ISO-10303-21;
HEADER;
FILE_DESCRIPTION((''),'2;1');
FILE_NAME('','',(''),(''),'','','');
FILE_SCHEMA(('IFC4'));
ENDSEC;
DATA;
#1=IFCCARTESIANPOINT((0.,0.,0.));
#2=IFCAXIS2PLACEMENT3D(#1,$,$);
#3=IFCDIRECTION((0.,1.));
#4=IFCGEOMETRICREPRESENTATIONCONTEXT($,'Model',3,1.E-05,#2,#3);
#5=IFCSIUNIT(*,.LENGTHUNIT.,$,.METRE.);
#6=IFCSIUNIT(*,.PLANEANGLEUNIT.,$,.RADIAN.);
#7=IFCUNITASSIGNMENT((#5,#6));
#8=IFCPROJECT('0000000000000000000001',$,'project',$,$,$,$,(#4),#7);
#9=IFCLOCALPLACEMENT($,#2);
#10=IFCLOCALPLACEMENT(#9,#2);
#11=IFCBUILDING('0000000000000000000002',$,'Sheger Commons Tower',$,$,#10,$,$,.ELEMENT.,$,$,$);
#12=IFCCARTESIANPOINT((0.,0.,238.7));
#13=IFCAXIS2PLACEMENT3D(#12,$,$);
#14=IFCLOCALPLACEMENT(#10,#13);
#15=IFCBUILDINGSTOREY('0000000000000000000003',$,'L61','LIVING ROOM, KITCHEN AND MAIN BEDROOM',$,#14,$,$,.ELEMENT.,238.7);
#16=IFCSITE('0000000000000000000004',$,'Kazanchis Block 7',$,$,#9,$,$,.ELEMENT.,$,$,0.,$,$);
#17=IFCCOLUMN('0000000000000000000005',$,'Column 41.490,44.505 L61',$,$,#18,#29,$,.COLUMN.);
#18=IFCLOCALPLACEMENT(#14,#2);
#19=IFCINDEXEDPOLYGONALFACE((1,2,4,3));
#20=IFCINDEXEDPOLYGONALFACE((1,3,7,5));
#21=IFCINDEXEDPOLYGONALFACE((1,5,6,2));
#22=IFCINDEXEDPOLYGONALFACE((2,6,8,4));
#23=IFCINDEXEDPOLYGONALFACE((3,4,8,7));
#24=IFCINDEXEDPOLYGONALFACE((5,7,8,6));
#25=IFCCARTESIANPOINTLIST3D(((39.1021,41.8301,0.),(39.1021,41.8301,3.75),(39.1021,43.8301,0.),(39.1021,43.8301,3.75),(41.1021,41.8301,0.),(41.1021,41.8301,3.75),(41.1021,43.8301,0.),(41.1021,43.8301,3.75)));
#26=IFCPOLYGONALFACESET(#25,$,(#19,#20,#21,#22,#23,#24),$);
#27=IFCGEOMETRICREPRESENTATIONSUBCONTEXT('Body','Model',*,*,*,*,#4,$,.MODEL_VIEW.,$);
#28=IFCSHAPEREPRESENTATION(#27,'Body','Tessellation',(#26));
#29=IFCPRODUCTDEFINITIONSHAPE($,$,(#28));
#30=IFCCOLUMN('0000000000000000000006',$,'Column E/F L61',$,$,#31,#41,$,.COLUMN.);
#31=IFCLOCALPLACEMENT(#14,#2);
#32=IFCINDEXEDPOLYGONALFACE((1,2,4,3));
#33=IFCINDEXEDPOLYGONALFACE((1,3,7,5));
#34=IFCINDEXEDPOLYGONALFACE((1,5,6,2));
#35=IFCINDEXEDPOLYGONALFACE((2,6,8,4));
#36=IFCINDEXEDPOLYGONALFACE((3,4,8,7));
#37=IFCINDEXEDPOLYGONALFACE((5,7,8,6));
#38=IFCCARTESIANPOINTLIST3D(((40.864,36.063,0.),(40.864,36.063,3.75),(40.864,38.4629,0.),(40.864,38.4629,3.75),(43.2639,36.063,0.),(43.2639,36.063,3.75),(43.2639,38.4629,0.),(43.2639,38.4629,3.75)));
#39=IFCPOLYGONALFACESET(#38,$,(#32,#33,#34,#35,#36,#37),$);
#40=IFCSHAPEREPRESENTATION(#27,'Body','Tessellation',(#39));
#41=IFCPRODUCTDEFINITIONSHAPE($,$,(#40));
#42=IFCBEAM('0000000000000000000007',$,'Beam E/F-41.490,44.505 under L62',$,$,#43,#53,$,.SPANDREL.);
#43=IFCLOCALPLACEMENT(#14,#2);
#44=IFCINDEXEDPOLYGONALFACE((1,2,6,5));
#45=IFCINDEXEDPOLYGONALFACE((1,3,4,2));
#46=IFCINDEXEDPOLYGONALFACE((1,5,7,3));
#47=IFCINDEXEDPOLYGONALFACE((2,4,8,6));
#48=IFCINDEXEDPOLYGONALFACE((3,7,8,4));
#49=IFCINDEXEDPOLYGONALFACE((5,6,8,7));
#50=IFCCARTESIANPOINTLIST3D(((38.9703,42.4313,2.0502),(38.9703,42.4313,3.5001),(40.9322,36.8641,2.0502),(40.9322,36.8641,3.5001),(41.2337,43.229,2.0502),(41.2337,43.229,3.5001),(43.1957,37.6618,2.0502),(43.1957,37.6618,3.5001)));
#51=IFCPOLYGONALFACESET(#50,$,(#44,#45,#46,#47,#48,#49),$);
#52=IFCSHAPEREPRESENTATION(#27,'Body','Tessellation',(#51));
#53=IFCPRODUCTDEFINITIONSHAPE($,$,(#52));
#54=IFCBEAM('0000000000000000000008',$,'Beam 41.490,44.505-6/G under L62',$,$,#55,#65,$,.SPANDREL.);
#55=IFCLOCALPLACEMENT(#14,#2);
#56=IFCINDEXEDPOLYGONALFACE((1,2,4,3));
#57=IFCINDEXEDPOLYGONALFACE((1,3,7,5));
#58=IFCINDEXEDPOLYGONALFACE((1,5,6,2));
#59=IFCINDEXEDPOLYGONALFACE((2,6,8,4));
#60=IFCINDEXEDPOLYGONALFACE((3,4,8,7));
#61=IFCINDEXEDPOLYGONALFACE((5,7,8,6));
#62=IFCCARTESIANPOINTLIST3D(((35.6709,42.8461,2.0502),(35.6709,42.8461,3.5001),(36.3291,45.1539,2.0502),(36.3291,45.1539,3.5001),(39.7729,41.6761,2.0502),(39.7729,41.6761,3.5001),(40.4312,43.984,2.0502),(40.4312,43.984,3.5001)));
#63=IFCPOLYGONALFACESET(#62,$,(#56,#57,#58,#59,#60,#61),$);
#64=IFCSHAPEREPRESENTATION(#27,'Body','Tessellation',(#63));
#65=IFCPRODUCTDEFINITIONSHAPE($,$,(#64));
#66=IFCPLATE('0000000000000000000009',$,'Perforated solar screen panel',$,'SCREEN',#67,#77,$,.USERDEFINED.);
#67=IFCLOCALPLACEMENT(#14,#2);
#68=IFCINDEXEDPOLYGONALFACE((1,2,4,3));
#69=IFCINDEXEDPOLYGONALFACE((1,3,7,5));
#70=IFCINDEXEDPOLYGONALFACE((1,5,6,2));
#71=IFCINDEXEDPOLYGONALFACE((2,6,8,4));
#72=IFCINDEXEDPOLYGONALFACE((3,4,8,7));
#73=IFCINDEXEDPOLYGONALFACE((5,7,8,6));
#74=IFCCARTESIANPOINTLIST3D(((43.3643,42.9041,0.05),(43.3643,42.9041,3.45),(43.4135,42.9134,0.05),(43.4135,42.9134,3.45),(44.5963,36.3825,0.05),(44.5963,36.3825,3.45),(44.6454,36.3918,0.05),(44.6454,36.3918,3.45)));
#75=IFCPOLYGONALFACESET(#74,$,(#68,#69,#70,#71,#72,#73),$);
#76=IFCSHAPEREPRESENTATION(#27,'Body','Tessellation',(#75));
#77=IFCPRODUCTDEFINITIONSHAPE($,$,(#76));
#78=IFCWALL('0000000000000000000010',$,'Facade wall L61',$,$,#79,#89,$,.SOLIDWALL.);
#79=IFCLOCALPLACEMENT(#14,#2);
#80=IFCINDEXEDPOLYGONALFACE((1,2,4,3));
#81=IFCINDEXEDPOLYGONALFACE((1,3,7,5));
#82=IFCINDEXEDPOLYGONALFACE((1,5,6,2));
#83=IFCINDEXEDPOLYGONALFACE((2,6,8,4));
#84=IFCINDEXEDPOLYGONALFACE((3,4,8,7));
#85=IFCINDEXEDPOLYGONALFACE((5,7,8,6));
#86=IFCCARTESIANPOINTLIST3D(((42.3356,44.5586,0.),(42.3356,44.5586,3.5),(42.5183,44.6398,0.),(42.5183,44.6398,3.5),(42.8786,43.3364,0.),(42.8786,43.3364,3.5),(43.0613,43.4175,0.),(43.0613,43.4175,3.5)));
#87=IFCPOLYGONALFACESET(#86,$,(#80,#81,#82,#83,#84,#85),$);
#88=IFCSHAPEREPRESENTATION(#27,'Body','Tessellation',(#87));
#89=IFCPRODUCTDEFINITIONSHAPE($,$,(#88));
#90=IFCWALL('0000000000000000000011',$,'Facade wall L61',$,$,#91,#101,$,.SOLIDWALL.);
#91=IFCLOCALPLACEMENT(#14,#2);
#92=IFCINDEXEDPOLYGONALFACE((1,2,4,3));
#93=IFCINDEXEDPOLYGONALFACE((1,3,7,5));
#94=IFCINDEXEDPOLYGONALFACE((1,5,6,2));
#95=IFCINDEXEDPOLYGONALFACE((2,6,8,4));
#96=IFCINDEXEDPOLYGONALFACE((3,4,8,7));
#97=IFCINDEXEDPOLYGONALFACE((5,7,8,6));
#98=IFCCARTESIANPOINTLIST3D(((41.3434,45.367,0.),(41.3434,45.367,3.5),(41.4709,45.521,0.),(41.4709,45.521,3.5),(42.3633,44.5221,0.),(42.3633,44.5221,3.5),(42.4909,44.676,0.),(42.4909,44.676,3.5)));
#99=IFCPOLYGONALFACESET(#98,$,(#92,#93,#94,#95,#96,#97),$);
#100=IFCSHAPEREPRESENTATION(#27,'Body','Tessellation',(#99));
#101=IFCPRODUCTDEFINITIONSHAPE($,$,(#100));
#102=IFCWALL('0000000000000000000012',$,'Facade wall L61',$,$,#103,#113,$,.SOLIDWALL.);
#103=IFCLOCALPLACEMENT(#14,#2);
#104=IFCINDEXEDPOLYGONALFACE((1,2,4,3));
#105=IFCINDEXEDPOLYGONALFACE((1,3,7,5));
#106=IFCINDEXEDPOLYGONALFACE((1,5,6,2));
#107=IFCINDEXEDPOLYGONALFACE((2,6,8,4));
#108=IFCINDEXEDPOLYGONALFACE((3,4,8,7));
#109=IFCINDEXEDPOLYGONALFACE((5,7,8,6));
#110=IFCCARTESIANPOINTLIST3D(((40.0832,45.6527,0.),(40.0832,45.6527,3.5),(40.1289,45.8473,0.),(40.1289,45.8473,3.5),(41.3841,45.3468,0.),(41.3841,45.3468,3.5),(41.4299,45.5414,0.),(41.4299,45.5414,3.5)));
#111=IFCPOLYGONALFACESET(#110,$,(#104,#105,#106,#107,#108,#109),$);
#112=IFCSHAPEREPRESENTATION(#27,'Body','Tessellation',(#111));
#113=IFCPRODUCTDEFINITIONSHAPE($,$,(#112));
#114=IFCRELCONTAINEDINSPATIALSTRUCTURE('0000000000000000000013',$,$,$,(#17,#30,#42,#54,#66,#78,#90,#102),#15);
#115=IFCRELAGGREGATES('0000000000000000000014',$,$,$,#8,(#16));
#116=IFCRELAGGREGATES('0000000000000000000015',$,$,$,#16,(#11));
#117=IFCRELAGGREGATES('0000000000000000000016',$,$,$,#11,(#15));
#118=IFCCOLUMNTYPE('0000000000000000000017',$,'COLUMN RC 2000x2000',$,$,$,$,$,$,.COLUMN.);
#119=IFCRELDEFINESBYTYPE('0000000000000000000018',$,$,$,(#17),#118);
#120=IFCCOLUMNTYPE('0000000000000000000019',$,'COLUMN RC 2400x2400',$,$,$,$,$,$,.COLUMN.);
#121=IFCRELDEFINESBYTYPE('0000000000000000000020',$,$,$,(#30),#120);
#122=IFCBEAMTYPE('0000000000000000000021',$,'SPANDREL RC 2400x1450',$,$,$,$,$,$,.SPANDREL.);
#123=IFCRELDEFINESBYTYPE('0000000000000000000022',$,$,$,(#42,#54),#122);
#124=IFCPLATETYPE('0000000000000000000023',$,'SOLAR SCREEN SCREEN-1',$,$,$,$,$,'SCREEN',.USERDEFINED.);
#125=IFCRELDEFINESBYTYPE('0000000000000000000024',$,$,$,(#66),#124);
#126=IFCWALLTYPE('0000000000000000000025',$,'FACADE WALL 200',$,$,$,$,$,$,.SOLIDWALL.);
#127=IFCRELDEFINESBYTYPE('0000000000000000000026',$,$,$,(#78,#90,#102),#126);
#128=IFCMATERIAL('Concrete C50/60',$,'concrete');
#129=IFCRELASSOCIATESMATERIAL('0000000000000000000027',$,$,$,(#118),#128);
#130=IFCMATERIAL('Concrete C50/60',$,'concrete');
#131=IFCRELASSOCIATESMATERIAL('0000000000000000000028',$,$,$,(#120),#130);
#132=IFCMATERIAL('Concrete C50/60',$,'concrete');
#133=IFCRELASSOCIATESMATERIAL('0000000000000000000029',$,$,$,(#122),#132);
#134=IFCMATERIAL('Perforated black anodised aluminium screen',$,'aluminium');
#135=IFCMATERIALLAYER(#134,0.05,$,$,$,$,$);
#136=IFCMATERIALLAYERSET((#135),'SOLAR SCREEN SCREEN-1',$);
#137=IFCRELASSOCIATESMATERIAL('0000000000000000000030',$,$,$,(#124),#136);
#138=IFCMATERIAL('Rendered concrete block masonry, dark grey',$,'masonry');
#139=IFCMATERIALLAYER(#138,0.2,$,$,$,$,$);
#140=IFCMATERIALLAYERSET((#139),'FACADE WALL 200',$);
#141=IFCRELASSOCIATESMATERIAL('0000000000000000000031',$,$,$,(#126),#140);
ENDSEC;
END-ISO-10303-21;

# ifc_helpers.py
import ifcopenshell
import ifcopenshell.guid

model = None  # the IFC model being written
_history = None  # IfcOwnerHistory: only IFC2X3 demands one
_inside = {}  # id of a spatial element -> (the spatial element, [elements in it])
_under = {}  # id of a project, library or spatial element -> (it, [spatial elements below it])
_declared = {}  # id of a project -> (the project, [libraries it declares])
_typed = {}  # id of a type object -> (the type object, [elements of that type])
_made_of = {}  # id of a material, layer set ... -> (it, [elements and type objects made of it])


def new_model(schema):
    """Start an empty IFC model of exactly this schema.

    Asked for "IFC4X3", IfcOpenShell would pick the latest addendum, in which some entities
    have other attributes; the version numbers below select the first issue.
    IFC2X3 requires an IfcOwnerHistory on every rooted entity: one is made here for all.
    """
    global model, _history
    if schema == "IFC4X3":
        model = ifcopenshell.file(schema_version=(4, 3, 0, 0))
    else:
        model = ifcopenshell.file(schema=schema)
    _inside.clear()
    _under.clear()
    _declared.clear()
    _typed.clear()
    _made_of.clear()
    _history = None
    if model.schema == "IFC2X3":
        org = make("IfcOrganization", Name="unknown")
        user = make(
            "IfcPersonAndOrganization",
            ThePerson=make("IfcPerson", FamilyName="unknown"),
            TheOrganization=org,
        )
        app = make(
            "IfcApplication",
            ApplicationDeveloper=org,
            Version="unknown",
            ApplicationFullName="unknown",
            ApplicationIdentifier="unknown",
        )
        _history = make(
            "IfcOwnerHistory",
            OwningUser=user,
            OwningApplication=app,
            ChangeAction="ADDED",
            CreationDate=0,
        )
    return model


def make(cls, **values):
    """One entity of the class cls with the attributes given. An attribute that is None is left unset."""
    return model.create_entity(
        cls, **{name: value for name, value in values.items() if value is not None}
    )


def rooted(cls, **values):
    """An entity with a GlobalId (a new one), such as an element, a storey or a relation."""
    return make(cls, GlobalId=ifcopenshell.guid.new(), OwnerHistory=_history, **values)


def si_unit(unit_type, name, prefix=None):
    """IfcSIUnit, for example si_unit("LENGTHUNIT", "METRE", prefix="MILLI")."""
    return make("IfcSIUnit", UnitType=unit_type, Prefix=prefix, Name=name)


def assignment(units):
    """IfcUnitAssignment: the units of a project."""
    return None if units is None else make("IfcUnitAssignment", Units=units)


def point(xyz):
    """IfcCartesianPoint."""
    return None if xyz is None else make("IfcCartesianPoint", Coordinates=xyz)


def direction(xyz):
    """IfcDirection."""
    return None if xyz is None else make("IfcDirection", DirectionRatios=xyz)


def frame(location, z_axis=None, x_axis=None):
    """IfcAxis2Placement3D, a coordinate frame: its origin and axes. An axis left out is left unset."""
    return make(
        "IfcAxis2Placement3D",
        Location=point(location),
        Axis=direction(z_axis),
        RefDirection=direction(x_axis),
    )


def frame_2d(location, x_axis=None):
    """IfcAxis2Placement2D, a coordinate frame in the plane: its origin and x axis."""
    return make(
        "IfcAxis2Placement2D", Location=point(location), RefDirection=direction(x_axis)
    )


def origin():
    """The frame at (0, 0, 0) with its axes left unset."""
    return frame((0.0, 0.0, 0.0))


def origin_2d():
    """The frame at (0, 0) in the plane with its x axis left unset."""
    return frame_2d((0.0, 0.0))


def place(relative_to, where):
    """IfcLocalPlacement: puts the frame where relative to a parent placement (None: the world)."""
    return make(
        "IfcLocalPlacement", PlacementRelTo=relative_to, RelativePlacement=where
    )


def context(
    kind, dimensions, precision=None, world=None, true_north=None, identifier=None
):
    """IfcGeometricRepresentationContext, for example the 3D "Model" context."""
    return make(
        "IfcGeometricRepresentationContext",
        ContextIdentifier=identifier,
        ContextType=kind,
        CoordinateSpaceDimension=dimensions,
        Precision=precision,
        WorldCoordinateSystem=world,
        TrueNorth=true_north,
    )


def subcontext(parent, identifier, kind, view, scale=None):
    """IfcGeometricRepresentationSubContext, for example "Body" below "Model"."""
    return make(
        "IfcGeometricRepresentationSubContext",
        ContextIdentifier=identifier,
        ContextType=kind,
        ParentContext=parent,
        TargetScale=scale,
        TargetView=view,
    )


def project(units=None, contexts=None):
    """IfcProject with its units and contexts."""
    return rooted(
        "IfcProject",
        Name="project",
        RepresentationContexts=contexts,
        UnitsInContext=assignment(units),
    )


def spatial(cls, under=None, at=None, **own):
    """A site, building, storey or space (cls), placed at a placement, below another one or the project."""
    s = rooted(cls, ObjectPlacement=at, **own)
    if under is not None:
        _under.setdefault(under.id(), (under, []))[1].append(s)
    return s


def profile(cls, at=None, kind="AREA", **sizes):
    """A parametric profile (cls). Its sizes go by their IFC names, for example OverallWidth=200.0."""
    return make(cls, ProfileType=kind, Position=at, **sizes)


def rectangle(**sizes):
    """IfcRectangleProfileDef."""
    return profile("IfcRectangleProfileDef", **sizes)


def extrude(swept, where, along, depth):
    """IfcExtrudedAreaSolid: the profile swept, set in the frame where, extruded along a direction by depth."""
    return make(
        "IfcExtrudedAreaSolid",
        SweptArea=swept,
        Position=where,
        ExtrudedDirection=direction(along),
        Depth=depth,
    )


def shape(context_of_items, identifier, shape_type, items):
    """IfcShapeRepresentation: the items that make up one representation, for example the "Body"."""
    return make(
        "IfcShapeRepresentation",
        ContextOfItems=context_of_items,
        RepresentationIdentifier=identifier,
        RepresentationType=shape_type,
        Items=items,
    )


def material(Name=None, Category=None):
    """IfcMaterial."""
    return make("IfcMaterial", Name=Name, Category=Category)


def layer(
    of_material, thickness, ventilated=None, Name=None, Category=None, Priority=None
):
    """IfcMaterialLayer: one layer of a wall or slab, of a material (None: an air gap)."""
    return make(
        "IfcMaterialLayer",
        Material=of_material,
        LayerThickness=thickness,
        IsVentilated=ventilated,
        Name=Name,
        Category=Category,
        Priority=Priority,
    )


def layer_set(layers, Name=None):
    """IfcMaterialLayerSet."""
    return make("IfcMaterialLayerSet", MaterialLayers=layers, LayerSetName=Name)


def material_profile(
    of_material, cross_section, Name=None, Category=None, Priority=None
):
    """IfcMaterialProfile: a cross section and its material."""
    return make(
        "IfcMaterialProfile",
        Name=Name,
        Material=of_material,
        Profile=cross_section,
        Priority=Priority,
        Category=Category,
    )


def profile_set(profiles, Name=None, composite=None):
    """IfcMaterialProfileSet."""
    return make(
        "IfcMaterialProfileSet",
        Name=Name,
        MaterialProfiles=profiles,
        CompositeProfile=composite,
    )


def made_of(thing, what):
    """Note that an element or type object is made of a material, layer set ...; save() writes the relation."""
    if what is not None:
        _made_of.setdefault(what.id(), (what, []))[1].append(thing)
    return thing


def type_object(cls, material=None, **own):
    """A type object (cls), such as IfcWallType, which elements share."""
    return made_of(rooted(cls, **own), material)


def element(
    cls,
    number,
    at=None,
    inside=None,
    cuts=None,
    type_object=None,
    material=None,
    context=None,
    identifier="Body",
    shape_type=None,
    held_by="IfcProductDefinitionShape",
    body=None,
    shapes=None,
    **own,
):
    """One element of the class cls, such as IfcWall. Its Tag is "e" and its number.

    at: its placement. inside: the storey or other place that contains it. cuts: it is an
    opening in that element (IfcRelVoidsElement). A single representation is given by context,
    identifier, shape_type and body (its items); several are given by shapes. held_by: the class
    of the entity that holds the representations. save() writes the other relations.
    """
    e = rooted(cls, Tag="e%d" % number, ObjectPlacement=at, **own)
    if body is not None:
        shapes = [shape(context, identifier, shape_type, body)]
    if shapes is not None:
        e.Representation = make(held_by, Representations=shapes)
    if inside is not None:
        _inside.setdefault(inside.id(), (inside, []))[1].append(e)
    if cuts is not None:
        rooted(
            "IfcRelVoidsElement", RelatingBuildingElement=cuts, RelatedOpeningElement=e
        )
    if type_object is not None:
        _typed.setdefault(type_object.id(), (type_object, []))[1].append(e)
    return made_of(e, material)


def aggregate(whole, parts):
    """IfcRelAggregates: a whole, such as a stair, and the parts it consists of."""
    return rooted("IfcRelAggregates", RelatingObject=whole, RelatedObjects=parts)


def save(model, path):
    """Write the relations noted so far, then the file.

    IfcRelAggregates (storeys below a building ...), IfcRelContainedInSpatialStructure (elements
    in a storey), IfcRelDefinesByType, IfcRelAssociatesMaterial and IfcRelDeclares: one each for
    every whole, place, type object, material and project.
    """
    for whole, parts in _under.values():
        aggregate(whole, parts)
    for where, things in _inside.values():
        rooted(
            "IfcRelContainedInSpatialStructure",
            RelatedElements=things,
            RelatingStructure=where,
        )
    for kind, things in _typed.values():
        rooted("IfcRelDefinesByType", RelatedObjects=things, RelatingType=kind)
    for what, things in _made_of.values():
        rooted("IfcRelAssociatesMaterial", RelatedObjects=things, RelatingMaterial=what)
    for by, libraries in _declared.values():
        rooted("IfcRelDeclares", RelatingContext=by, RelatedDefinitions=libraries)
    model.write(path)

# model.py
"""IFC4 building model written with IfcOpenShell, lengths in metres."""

from ifc_helpers import new_model, si_unit, direction, frame, frame_2d, origin, origin_2d, place, context, subcontext, project, spatial, rectangle, extrude, material, layer, layer_set, material_profile, profile_set, type_object, element, save


model = new_model("IFC4")

# Units and contexts
model_context = context("Model", 3, precision=1e-05, world=origin(), true_north=direction((0.0, 1.0)))
body_context = subcontext(model_context, "Body", "Model", "MODEL_VIEW")
ifc_project = project(units=[si_unit("LENGTHUNIT", "METRE"), si_unit("PLANEANGLEUNIT", "RADIAN")], contexts=[model_context])

# Site, building, storey
site_placement = place(None, origin())
site = spatial("IfcSite", under=ifc_project, at=site_placement, Name="Kazanchis Block 7", CompositionType="ELEMENT", RefElevation=0.0)
building_placement = place(site_placement, origin())
building = spatial("IfcBuilding", under=site, at=building_placement, Name="Sheger Commons Tower", CompositionType="ELEMENT")
storey_placement = place(building_placement, frame((0.0, 0.0, 238.7)))
storey = spatial("IfcBuildingStorey", under=building, at=storey_placement, Name="L61", Description="LIVING ROOM, KITCHEN AND MAIN BEDROOM", CompositionType="ELEMENT", Elevation=238.7)

# Columns
ifc_material_1 = material(Name="Concrete C50/60", Category="concrete")
ifc_material_profile_1 = material_profile(ifc_material_1, rectangle(XDim=2.0, YDim=2.0, at=origin_2d()), Name="RC 2000x2000")
ifc_profile_set_1 = profile_set([ifc_material_profile_1], Name="Concrete C50/60")
column_type_1 = type_object("IfcColumnType", Name="COLUMN RC 2000x2000", PredefinedType="COLUMN", material=ifc_profile_set_1)
column_1_placement = place(storey_placement, frame((40.1021, 42.8301, 0.0), z_axis=(0.0, 0.0, 1.0), x_axis=(1.0, 0.0, 0.0)))
element("IfcColumn", 1, at=column_1_placement, inside=storey, type_object=column_type_1, Name="Column 41.490,44.505 L61", PredefinedType="COLUMN", context=body_context, shape_type="SweptSolid", body=[
    extrude(rectangle(XDim=2.0, YDim=2.0, at=origin_2d()), origin(), (0.0, 0.0, 1.0), 3.75),
])
ifc_material_2 = material(Name="Concrete C50/60", Category="concrete")
ifc_material_profile_2 = material_profile(ifc_material_2, rectangle(XDim=2.3999, YDim=2.3999, at=origin_2d()), Name="RC 2400x2400")
ifc_profile_set_2 = profile_set([ifc_material_profile_2], Name="Concrete C50/60")
column_type_2 = type_object("IfcColumnType", Name="COLUMN RC 2400x2400", PredefinedType="COLUMN", material=ifc_profile_set_2)
column_2_placement = place(storey_placement, frame((42.064, 37.2629, 0.0), z_axis=(0.0, 0.0, 1.0), x_axis=(1.0, 0.0, 0.0)))
element("IfcColumn", 2, at=column_2_placement, inside=storey, type_object=column_type_2, Name="Column E/F L61", PredefinedType="COLUMN", context=body_context, shape_type="SweptSolid", body=[
    extrude(rectangle(XDim=2.3999, YDim=2.3999, at=origin_2d()), origin(), (0.0, 0.0, 1.0), 3.75),
])

# Beams
ifc_material_3 = material(Name="Concrete C50/60", Category="concrete")
ifc_material_profile_3 = material_profile(ifc_material_3, rectangle(XDim=2.3999, YDim=1.45, at=origin_2d()), Name="RC 2400x1450")
ifc_profile_set_3 = profile_set([ifc_material_profile_3], Name="Concrete C50/60")
beam_type = type_object("IfcBeamType", Name="SPANDREL RC 2400x1450", PredefinedType="SPANDREL", material=ifc_profile_set_3)
beam_1_placement = place(storey_placement, frame((42.064, 37.2629, 2.7751), z_axis=(-0.332374, 0.943148, 0.0), x_axis=(-0.943148, -0.332374, 0.0)))
element("IfcBeam", 3, at=beam_1_placement, inside=storey, type_object=beam_type, Name="Beam E/F-41.490,44.505 under L62", PredefinedType="SPANDREL", context=body_context, shape_type="SweptSolid", body=[
    extrude(rectangle(XDim=2.3999, YDim=1.45, at=origin_2d()), origin(), (0.0, 0.0, 1.0), 5.9028),
])
beam_2_placement = place(storey_placement, frame((40.1021, 42.8301, 2.7751), z_axis=(-0.961653, 0.274268, 0.0), x_axis=(-0.274268, -0.961653, 0.0)))
element("IfcBeam", 4, at=beam_2_placement, inside=storey, type_object=beam_type, Name="Beam 41.490,44.505-6/G under L62", PredefinedType="SPANDREL", context=body_context, shape_type="SweptSolid", body=[
    extrude(rectangle(XDim=2.3999, YDim=1.45, at=origin_2d()), origin(), (0.0, 0.0, 1.0), 4.2656),
])

# Plate
ifc_material_4 = material(Name="Perforated black anodised aluminium screen", Category="aluminium")
ifc_layer_1 = layer(ifc_material_4, 0.05)
ifc_layer_set_1 = layer_set([ifc_layer_1], Name="SOLAR SCREEN SCREEN-1")
plate_type = type_object("IfcPlateType", Name="SOLAR SCREEN SCREEN-1", ElementType="SCREEN", PredefinedType="USERDEFINED", material=ifc_layer_set_1)
plate_placement = place(storey_placement, frame((44.0049, 39.6479, 0.05), z_axis=(0.0, 0.0, 1.0), x_axis=(-0.185615, 0.982623, 0.0)))
element("IfcPlate", 5, at=plate_placement, inside=storey, type_object=plate_type, Name="Perforated solar screen panel", ObjectType="SCREEN", PredefinedType="USERDEFINED", context=body_context, shape_type="SweptSolid", body=[
    extrude(rectangle(XDim=6.637, YDim=0.05, at=origin_2d()), origin(), (0.0, 0.0, 1.0), 3.3999),
])

# Walls
ifc_material_5 = material(Name="Rendered concrete block masonry, dark grey", Category="masonry")
ifc_layer_2 = layer(ifc_material_5, 0.2)
ifc_layer_set_2 = layer_set([ifc_layer_2], Name="FACADE WALL 200")
wall_type_1 = type_object("IfcWallType", Name="FACADE WALL 200", PredefinedType="SOLIDWALL", material=ifc_layer_set_2)
wall_1_placement = place(storey_placement, frame((42.97, 43.377, 0.0), z_axis=(0.0, 0.0, 1.0), x_axis=(-0.406003, 0.913872, 0.0)))
element("IfcWall", 6, at=wall_1_placement, inside=storey, type_object=wall_type_1, Name="Facade wall L61", PredefinedType="SOLIDWALL", context=body_context, shape_type="SweptSolid", body=[
    extrude(rectangle(XDim=1.3374, YDim=0.2, at=frame_2d((0.6687, 0.0))), origin(), (0.0, 0.0, 1.0), 3.5),
])
wall_2_placement = place(storey_placement, frame((42.427, 44.5991, 0.0), z_axis=(0.0, 0.0, 1.0), x_axis=(-0.770091, 0.637934, 0.0)))
element("IfcWall", 7, at=wall_2_placement, inside=storey, type_object=wall_type_1, Name="Facade wall L61", PredefinedType="SOLIDWALL", context=body_context, shape_type="SweptSolid", body=[
    extrude(rectangle(XDim=1.3245, YDim=0.2, at=frame_2d((0.6621, 0.0))), origin(), (0.0, 0.0, 1.0), 3.5),
])
wall_3_placement = place(storey_placement, frame((41.407, 45.4441, 0.0), z_axis=(0.0, 0.0, 1.0), x_axis=(-0.973453, 0.228887, 0.0)))
element("IfcWall", 8, at=wall_3_placement, inside=storey, type_object=wall_type_1, Name="Facade wall L61", PredefinedType="SOLIDWALL", context=body_context, shape_type="SweptSolid", body=[
    extrude(rectangle(XDim=1.3364, YDim=0.2, at=frame_2d((0.6682, 0.0))), origin(), (0.0, 0.0, 1.0), 3.5),
])

save(model, "model.ifc")
